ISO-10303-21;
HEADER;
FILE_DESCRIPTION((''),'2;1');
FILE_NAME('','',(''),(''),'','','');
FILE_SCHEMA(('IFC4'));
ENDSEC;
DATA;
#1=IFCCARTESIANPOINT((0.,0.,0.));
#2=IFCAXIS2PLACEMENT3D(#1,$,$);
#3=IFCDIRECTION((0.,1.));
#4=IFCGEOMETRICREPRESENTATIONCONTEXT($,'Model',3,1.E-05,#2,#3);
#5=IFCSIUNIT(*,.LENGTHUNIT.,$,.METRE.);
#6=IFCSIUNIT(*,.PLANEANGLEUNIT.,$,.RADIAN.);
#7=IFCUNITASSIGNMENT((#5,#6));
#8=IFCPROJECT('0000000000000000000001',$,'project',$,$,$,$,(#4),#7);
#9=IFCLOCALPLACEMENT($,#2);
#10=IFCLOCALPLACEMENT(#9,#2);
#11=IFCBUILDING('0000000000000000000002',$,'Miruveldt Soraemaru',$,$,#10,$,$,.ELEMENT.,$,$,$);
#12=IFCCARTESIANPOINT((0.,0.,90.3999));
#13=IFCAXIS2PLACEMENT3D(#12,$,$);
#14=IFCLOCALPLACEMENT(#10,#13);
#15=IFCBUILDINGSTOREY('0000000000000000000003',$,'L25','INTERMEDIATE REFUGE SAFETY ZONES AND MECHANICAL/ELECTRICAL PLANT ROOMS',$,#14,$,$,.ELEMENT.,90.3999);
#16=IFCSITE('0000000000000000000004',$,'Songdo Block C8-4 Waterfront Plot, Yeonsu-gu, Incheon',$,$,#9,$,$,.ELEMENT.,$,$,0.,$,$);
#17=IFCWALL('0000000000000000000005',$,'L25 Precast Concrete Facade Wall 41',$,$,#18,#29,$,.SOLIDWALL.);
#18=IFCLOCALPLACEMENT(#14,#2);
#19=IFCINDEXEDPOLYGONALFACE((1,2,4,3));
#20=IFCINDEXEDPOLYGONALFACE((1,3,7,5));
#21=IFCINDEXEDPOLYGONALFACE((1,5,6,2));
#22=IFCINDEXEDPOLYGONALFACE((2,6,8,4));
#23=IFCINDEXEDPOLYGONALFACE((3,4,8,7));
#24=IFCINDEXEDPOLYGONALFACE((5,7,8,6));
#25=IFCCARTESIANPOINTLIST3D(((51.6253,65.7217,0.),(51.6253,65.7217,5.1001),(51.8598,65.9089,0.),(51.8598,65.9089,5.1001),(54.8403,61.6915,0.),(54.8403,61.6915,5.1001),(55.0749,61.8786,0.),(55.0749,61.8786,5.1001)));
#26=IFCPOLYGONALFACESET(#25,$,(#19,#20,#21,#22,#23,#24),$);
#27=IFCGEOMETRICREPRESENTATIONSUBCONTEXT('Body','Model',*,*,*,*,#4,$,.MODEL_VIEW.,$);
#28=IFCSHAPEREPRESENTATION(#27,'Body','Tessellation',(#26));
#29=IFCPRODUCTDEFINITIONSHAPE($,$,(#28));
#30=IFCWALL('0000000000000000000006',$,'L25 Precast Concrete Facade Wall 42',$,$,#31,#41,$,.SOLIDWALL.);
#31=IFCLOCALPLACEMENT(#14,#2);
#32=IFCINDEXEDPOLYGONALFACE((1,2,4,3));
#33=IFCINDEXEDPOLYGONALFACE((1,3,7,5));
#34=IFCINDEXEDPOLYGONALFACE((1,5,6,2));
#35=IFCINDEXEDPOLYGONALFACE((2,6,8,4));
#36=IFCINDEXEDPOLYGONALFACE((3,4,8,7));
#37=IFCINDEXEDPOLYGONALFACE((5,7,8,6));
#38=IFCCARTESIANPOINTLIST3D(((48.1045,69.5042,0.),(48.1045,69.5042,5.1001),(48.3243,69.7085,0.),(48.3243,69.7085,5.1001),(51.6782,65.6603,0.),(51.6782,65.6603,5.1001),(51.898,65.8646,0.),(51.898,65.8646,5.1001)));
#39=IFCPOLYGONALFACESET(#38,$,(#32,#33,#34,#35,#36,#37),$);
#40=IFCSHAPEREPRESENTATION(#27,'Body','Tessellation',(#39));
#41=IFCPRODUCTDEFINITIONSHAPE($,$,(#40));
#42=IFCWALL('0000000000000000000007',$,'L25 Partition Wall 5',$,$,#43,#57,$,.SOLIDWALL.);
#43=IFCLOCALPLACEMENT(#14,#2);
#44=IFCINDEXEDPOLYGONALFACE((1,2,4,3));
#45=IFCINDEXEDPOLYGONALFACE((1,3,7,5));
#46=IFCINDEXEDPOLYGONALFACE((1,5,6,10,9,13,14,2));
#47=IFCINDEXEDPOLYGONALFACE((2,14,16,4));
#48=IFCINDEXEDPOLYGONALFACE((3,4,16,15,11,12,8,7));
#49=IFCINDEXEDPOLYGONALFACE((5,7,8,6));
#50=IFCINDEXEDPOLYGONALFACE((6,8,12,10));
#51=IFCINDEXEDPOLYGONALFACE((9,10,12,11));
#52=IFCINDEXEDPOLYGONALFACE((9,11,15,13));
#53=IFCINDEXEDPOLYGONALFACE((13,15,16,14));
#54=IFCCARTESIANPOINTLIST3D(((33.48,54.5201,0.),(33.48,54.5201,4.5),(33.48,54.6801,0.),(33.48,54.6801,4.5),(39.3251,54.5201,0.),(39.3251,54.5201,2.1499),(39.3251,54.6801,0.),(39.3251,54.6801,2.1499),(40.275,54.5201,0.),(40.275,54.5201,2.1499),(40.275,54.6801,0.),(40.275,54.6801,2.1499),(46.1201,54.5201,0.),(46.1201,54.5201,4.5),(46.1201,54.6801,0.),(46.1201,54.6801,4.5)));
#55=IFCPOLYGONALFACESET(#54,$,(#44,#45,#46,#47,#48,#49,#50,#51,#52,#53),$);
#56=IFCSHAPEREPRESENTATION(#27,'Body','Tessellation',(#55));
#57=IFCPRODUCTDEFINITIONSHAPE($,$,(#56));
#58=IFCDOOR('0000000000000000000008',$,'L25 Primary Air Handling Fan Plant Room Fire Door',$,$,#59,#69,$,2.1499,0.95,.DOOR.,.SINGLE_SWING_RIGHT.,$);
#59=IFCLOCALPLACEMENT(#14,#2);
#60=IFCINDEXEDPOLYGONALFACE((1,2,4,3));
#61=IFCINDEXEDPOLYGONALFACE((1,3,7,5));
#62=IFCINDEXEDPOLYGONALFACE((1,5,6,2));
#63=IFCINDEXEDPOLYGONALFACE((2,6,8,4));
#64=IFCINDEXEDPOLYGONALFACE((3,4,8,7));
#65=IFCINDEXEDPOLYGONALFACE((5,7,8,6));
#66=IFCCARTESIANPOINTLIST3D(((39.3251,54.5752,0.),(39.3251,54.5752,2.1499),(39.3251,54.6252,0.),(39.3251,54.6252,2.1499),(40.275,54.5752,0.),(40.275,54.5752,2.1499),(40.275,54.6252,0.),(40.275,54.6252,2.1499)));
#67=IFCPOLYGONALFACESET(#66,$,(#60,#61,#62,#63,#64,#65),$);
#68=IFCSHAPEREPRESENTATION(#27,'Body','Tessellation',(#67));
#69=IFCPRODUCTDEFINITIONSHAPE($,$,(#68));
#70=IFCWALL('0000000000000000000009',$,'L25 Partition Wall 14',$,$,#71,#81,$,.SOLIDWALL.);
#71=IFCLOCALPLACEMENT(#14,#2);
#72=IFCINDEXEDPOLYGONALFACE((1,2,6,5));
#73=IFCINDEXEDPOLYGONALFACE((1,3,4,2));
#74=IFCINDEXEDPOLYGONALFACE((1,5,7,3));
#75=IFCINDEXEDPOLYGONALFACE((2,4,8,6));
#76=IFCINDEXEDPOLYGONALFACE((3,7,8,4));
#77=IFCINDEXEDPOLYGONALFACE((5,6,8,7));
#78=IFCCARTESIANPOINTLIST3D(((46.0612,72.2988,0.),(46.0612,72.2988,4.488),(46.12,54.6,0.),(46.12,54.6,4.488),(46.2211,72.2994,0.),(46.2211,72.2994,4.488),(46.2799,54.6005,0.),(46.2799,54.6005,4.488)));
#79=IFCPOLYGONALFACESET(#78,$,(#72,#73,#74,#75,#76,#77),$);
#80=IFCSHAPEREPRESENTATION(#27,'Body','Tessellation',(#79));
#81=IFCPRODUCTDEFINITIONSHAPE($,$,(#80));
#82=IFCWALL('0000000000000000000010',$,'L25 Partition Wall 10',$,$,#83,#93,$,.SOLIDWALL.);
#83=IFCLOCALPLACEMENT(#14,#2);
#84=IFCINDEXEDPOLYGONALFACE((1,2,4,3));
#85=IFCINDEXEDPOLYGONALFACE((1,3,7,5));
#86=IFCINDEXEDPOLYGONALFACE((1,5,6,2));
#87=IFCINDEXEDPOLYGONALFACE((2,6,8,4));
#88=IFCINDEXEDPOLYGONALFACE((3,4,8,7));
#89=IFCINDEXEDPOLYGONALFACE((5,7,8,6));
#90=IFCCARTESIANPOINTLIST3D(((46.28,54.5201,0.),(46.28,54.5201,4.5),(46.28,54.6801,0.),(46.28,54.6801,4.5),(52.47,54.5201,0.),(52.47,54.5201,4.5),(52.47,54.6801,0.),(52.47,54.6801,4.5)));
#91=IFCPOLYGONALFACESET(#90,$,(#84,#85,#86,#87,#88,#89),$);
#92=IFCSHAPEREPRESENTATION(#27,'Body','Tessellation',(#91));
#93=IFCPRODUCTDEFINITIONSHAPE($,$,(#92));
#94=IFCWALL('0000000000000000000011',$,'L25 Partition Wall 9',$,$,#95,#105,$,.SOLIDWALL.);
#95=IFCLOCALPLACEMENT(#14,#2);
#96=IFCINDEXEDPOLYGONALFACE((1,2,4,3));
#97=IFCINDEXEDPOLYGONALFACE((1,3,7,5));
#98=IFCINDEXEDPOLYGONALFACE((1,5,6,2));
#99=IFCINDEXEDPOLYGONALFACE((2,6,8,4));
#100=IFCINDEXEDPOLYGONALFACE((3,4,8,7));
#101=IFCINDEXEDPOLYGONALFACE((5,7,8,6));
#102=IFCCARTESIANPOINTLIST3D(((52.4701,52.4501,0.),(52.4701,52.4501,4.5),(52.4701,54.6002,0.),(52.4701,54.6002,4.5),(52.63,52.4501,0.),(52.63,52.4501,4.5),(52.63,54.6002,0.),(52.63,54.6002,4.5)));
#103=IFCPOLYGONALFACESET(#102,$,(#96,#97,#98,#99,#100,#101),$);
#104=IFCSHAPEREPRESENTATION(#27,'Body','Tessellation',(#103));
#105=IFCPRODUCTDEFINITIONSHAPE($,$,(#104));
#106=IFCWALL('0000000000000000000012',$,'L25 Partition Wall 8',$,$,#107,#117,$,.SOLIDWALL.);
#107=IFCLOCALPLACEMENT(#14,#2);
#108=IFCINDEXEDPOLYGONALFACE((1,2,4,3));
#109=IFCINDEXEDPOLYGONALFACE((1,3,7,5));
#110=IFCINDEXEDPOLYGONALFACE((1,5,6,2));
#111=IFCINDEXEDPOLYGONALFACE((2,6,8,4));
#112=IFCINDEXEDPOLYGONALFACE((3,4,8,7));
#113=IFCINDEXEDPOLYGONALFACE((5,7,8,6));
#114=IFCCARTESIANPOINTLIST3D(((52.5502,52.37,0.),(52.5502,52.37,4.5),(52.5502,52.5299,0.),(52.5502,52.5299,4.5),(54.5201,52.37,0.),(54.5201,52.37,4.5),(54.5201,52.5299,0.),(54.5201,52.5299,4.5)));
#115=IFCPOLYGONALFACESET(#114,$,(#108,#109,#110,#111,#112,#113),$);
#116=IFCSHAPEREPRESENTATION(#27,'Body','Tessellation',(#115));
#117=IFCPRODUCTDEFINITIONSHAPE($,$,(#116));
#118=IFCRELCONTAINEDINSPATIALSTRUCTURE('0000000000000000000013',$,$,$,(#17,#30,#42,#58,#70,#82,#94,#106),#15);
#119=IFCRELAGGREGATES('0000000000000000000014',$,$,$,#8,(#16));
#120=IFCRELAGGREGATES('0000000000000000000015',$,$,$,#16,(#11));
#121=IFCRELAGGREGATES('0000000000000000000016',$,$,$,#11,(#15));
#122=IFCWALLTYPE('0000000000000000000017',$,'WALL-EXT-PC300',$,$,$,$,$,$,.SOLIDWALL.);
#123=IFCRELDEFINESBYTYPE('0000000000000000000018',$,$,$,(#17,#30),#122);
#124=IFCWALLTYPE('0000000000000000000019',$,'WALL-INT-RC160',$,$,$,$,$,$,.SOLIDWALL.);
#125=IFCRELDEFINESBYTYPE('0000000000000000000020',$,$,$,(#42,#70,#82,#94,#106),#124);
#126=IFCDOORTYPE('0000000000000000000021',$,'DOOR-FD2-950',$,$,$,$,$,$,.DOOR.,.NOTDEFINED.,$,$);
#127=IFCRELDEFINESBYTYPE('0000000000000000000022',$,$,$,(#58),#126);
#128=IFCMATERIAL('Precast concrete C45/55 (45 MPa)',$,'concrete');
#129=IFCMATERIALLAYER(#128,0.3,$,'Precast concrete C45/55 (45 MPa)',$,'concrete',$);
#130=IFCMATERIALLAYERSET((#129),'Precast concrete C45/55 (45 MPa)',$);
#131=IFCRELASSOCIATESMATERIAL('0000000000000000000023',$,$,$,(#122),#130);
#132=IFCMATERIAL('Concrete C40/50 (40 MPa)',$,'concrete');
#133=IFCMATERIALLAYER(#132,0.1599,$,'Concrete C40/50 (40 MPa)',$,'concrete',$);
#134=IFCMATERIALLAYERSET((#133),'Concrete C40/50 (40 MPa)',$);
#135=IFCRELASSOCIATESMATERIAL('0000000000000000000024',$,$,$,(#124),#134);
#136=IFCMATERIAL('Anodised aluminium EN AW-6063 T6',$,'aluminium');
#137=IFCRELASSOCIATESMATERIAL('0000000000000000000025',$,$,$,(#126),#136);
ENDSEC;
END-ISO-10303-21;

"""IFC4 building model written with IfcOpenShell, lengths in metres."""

from ifc_helpers import new_model, si_unit, direction, frame, frame_2d, origin, place, context, subcontext, project, spatial, rectangle, extrude, material, layer, layer_set, type_object, element, fill, save


model = new_model("IFC4")

# Units and contexts
model_context = context("Model", 3, precision=1e-05, world=origin(), true_north=direction((0.0, 1.0)))
body_context = subcontext(model_context, "Body", "Model", "MODEL_VIEW")
ifc_project = project(units=[si_unit("LENGTHUNIT", "METRE"), si_unit("PLANEANGLEUNIT", "RADIAN")], contexts=[model_context])

# Site, building, storey
site_placement = place(None, origin())
site = spatial("IfcSite", under=ifc_project, at=site_placement, Name="Songdo Block C8-4 Waterfront Plot, Yeonsu-gu, Incheon", CompositionType="ELEMENT", RefElevation=0.0)
building_placement = place(site_placement, origin())
building = spatial("IfcBuilding", under=site, at=building_placement, Name="Miruveldt Soraemaru", CompositionType="ELEMENT")
storey_placement = place(building_placement, frame((0.0, 0.0, 90.3999)))
storey = spatial("IfcBuildingStorey", under=building, at=storey_placement, Name="L25", Description="INTERMEDIATE REFUGE SAFETY ZONES AND MECHANICAL/ELECTRICAL PLANT ROOMS", CompositionType="ELEMENT", Elevation=90.3999)

# Walls
ifc_material_1 = material(Name="Precast concrete C45/55 (45 MPa)", Category="concrete")
ifc_layer_1 = layer(ifc_material_1, 0.3, Name="Precast concrete C45/55 (45 MPa)", Category="concrete")
ifc_layer_set_1 = layer_set([ifc_layer_1], Name="Precast concrete C45/55 (45 MPa)")
wall_type_1 = type_object("IfcWallType", Name="WALL-EXT-PC300", PredefinedType="SOLIDWALL", material=ifc_layer_set_1)
wall_1_placement = place(storey_placement, frame((54.9575, 61.7852, 0.0), z_axis=(0.0, 0.0, 1.0), x_axis=(-0.623615, 0.781732, 0.0)))
element("IfcWall", 1, at=wall_1_placement, inside=storey, type_object=wall_type_1, Name="L25 Precast Concrete Facade Wall 41", PredefinedType="SOLIDWALL", context=body_context, shape_type="SweptSolid", body=[
    extrude(rectangle(XDim=5.1555, YDim=0.3, at=frame_2d((2.5776, 0.0))), origin(), (0.0, 0.0, 1.0), 5.1001),
])
wall_2_placement = place(storey_placement, frame((51.7881, 65.7625, 0.0), z_axis=(0.0, 0.0, 1.0), x_axis=(-0.680892, 0.732384, 0.0)))
element("IfcWall", 2, at=wall_2_placement, inside=storey, type_object=wall_type_1, Name="L25 Precast Concrete Facade Wall 42", PredefinedType="SOLIDWALL", context=body_context, shape_type="SweptSolid", body=[
    extrude(rectangle(XDim=5.2485, YDim=0.3, at=frame_2d((2.6243, 0.0))), origin(), (0.0, 0.0, 1.0), 5.1001),
])

# Wall, opening, door
ifc_material_2 = material(Name="Concrete C40/50 (40 MPa)", Category="concrete")
ifc_layer_2 = layer(ifc_material_2, 0.1599, Name="Concrete C40/50 (40 MPa)", Category="concrete")
ifc_layer_set_2 = layer_set([ifc_layer_2], Name="Concrete C40/50 (40 MPa)")
wall_type_2 = type_object("IfcWallType", Name="WALL-INT-RC160", PredefinedType="SOLIDWALL", material=ifc_layer_set_2)
wall_3_placement = place(storey_placement, frame((46.1201, 54.6001, 0.0), z_axis=(0.0, 0.0, 1.0), x_axis=(-1.0, 0.0, 0.0)))
wall_3 = element("IfcWall", 3, at=wall_3_placement, inside=storey, type_object=wall_type_2, Name="L25 Partition Wall 5", PredefinedType="SOLIDWALL", context=body_context, shape_type="SweptSolid", body=[
    extrude(rectangle(XDim=12.6401, YDim=0.1599, at=frame_2d((6.3201, 0.0))), origin(), (0.0, 0.0, 1.0), 4.5),
])
opening_placement = place(wall_3_placement, frame((5.845, 0.0, 0.0)))
opening = element("IfcOpeningElement", 4, at=opening_placement, cuts=wall_3, PredefinedType="OPENING", context=body_context, shape_type="SweptSolid", body=[
    extrude(rectangle(XDim=0.95, YDim=2.1499, at=frame_2d((0.4751, 1.075))), frame((0.0, 0.0898, 0.0), z_axis=(0.0, -1.0, 0.0), x_axis=(1.0, 0.0, 0.0)), (0.0, 0.0, 1.0), 0.1799),
])
ifc_material_3 = material(Name="Anodised aluminium EN AW-6063 T6", Category="aluminium")
door_type = type_object("IfcDoorType", Name="DOOR-FD2-950", OperationType="NOTDEFINED", PredefinedType="DOOR", material=ifc_material_3)
door_placement = place(opening_placement, origin())
door = element("IfcDoor", 5, at=door_placement, inside=storey, type_object=door_type, Name="L25 Primary Air Handling Fan Plant Room Fire Door", OperationType="SINGLE_SWING_RIGHT", OverallHeight=2.1499, OverallWidth=0.95, PredefinedType="DOOR", context=body_context, shape_type="SweptSolid", body=[
    extrude(rectangle(XDim=0.95, YDim=2.1499, at=frame_2d((0.4751, 1.075))), frame((0.0, 0.0249, 0.0), z_axis=(0.0, -1.0, 0.0), x_axis=(1.0, 0.0, 0.0)), (0.0, 0.0, 1.0), 0.05),
])
fill(opening, door)

# Walls
wall_4_placement = place(storey_placement, frame((46.2, 54.6001, 0.0), z_axis=(0.0, 0.0, 1.0), x_axis=(-0.003324, 0.999994, 0.0)))
element("IfcWall", 6, at=wall_4_placement, inside=storey, type_object=wall_type_2, Name="L25 Partition Wall 14", PredefinedType="SOLIDWALL", context=body_context, shape_type="SweptSolid", body=[
    extrude(rectangle(XDim=17.699, YDim=0.1599, at=frame_2d((8.8496, 0.0))), origin(), (0.0, 0.0, 1.0), 4.488),
])
wall_5_placement = place(storey_placement, frame((52.47, 54.6001, 0.0), z_axis=(0.0, 0.0, 1.0), x_axis=(-1.0, 0.0, 0.0)))
element("IfcWall", 7, at=wall_5_placement, inside=storey, type_object=wall_type_2, Name="L25 Partition Wall 10", PredefinedType="SOLIDWALL", context=body_context, shape_type="SweptSolid", body=[
    extrude(rectangle(XDim=6.1899, YDim=0.1599, at=frame_2d((3.095, 0.0))), origin(), (0.0, 0.0, 1.0), 4.5),
])
wall_6_placement = place(storey_placement, frame((52.55, 52.45, 0.0), z_axis=(0.0, 0.0, 1.0), x_axis=(0.0, 1.0, 0.0)))
element("IfcWall", 8, at=wall_6_placement, inside=storey, type_object=wall_type_2, Name="L25 Partition Wall 9", PredefinedType="SOLIDWALL", context=body_context, shape_type="SweptSolid", body=[
    extrude(rectangle(XDim=2.1501, YDim=0.1599, at=frame_2d((1.0752, 0.0))), origin(), (0.0, 0.0, 1.0), 4.5),
])
wall_7_placement = place(storey_placement, frame((54.52, 52.45, 0.0), z_axis=(0.0, 0.0, 1.0), x_axis=(-1.0, 0.0, 0.0)))
element("IfcWall", 9, at=wall_7_placement, inside=storey, type_object=wall_type_2, Name="L25 Partition Wall 8", PredefinedType="SOLIDWALL", context=body_context, shape_type="SweptSolid", body=[
    extrude(rectangle(XDim=1.97, YDim=0.1599, at=frame_2d((0.9849, 0.0))), origin(), (0.0, 0.0, 1.0), 4.5),
])

save(model, "model.ifc")
